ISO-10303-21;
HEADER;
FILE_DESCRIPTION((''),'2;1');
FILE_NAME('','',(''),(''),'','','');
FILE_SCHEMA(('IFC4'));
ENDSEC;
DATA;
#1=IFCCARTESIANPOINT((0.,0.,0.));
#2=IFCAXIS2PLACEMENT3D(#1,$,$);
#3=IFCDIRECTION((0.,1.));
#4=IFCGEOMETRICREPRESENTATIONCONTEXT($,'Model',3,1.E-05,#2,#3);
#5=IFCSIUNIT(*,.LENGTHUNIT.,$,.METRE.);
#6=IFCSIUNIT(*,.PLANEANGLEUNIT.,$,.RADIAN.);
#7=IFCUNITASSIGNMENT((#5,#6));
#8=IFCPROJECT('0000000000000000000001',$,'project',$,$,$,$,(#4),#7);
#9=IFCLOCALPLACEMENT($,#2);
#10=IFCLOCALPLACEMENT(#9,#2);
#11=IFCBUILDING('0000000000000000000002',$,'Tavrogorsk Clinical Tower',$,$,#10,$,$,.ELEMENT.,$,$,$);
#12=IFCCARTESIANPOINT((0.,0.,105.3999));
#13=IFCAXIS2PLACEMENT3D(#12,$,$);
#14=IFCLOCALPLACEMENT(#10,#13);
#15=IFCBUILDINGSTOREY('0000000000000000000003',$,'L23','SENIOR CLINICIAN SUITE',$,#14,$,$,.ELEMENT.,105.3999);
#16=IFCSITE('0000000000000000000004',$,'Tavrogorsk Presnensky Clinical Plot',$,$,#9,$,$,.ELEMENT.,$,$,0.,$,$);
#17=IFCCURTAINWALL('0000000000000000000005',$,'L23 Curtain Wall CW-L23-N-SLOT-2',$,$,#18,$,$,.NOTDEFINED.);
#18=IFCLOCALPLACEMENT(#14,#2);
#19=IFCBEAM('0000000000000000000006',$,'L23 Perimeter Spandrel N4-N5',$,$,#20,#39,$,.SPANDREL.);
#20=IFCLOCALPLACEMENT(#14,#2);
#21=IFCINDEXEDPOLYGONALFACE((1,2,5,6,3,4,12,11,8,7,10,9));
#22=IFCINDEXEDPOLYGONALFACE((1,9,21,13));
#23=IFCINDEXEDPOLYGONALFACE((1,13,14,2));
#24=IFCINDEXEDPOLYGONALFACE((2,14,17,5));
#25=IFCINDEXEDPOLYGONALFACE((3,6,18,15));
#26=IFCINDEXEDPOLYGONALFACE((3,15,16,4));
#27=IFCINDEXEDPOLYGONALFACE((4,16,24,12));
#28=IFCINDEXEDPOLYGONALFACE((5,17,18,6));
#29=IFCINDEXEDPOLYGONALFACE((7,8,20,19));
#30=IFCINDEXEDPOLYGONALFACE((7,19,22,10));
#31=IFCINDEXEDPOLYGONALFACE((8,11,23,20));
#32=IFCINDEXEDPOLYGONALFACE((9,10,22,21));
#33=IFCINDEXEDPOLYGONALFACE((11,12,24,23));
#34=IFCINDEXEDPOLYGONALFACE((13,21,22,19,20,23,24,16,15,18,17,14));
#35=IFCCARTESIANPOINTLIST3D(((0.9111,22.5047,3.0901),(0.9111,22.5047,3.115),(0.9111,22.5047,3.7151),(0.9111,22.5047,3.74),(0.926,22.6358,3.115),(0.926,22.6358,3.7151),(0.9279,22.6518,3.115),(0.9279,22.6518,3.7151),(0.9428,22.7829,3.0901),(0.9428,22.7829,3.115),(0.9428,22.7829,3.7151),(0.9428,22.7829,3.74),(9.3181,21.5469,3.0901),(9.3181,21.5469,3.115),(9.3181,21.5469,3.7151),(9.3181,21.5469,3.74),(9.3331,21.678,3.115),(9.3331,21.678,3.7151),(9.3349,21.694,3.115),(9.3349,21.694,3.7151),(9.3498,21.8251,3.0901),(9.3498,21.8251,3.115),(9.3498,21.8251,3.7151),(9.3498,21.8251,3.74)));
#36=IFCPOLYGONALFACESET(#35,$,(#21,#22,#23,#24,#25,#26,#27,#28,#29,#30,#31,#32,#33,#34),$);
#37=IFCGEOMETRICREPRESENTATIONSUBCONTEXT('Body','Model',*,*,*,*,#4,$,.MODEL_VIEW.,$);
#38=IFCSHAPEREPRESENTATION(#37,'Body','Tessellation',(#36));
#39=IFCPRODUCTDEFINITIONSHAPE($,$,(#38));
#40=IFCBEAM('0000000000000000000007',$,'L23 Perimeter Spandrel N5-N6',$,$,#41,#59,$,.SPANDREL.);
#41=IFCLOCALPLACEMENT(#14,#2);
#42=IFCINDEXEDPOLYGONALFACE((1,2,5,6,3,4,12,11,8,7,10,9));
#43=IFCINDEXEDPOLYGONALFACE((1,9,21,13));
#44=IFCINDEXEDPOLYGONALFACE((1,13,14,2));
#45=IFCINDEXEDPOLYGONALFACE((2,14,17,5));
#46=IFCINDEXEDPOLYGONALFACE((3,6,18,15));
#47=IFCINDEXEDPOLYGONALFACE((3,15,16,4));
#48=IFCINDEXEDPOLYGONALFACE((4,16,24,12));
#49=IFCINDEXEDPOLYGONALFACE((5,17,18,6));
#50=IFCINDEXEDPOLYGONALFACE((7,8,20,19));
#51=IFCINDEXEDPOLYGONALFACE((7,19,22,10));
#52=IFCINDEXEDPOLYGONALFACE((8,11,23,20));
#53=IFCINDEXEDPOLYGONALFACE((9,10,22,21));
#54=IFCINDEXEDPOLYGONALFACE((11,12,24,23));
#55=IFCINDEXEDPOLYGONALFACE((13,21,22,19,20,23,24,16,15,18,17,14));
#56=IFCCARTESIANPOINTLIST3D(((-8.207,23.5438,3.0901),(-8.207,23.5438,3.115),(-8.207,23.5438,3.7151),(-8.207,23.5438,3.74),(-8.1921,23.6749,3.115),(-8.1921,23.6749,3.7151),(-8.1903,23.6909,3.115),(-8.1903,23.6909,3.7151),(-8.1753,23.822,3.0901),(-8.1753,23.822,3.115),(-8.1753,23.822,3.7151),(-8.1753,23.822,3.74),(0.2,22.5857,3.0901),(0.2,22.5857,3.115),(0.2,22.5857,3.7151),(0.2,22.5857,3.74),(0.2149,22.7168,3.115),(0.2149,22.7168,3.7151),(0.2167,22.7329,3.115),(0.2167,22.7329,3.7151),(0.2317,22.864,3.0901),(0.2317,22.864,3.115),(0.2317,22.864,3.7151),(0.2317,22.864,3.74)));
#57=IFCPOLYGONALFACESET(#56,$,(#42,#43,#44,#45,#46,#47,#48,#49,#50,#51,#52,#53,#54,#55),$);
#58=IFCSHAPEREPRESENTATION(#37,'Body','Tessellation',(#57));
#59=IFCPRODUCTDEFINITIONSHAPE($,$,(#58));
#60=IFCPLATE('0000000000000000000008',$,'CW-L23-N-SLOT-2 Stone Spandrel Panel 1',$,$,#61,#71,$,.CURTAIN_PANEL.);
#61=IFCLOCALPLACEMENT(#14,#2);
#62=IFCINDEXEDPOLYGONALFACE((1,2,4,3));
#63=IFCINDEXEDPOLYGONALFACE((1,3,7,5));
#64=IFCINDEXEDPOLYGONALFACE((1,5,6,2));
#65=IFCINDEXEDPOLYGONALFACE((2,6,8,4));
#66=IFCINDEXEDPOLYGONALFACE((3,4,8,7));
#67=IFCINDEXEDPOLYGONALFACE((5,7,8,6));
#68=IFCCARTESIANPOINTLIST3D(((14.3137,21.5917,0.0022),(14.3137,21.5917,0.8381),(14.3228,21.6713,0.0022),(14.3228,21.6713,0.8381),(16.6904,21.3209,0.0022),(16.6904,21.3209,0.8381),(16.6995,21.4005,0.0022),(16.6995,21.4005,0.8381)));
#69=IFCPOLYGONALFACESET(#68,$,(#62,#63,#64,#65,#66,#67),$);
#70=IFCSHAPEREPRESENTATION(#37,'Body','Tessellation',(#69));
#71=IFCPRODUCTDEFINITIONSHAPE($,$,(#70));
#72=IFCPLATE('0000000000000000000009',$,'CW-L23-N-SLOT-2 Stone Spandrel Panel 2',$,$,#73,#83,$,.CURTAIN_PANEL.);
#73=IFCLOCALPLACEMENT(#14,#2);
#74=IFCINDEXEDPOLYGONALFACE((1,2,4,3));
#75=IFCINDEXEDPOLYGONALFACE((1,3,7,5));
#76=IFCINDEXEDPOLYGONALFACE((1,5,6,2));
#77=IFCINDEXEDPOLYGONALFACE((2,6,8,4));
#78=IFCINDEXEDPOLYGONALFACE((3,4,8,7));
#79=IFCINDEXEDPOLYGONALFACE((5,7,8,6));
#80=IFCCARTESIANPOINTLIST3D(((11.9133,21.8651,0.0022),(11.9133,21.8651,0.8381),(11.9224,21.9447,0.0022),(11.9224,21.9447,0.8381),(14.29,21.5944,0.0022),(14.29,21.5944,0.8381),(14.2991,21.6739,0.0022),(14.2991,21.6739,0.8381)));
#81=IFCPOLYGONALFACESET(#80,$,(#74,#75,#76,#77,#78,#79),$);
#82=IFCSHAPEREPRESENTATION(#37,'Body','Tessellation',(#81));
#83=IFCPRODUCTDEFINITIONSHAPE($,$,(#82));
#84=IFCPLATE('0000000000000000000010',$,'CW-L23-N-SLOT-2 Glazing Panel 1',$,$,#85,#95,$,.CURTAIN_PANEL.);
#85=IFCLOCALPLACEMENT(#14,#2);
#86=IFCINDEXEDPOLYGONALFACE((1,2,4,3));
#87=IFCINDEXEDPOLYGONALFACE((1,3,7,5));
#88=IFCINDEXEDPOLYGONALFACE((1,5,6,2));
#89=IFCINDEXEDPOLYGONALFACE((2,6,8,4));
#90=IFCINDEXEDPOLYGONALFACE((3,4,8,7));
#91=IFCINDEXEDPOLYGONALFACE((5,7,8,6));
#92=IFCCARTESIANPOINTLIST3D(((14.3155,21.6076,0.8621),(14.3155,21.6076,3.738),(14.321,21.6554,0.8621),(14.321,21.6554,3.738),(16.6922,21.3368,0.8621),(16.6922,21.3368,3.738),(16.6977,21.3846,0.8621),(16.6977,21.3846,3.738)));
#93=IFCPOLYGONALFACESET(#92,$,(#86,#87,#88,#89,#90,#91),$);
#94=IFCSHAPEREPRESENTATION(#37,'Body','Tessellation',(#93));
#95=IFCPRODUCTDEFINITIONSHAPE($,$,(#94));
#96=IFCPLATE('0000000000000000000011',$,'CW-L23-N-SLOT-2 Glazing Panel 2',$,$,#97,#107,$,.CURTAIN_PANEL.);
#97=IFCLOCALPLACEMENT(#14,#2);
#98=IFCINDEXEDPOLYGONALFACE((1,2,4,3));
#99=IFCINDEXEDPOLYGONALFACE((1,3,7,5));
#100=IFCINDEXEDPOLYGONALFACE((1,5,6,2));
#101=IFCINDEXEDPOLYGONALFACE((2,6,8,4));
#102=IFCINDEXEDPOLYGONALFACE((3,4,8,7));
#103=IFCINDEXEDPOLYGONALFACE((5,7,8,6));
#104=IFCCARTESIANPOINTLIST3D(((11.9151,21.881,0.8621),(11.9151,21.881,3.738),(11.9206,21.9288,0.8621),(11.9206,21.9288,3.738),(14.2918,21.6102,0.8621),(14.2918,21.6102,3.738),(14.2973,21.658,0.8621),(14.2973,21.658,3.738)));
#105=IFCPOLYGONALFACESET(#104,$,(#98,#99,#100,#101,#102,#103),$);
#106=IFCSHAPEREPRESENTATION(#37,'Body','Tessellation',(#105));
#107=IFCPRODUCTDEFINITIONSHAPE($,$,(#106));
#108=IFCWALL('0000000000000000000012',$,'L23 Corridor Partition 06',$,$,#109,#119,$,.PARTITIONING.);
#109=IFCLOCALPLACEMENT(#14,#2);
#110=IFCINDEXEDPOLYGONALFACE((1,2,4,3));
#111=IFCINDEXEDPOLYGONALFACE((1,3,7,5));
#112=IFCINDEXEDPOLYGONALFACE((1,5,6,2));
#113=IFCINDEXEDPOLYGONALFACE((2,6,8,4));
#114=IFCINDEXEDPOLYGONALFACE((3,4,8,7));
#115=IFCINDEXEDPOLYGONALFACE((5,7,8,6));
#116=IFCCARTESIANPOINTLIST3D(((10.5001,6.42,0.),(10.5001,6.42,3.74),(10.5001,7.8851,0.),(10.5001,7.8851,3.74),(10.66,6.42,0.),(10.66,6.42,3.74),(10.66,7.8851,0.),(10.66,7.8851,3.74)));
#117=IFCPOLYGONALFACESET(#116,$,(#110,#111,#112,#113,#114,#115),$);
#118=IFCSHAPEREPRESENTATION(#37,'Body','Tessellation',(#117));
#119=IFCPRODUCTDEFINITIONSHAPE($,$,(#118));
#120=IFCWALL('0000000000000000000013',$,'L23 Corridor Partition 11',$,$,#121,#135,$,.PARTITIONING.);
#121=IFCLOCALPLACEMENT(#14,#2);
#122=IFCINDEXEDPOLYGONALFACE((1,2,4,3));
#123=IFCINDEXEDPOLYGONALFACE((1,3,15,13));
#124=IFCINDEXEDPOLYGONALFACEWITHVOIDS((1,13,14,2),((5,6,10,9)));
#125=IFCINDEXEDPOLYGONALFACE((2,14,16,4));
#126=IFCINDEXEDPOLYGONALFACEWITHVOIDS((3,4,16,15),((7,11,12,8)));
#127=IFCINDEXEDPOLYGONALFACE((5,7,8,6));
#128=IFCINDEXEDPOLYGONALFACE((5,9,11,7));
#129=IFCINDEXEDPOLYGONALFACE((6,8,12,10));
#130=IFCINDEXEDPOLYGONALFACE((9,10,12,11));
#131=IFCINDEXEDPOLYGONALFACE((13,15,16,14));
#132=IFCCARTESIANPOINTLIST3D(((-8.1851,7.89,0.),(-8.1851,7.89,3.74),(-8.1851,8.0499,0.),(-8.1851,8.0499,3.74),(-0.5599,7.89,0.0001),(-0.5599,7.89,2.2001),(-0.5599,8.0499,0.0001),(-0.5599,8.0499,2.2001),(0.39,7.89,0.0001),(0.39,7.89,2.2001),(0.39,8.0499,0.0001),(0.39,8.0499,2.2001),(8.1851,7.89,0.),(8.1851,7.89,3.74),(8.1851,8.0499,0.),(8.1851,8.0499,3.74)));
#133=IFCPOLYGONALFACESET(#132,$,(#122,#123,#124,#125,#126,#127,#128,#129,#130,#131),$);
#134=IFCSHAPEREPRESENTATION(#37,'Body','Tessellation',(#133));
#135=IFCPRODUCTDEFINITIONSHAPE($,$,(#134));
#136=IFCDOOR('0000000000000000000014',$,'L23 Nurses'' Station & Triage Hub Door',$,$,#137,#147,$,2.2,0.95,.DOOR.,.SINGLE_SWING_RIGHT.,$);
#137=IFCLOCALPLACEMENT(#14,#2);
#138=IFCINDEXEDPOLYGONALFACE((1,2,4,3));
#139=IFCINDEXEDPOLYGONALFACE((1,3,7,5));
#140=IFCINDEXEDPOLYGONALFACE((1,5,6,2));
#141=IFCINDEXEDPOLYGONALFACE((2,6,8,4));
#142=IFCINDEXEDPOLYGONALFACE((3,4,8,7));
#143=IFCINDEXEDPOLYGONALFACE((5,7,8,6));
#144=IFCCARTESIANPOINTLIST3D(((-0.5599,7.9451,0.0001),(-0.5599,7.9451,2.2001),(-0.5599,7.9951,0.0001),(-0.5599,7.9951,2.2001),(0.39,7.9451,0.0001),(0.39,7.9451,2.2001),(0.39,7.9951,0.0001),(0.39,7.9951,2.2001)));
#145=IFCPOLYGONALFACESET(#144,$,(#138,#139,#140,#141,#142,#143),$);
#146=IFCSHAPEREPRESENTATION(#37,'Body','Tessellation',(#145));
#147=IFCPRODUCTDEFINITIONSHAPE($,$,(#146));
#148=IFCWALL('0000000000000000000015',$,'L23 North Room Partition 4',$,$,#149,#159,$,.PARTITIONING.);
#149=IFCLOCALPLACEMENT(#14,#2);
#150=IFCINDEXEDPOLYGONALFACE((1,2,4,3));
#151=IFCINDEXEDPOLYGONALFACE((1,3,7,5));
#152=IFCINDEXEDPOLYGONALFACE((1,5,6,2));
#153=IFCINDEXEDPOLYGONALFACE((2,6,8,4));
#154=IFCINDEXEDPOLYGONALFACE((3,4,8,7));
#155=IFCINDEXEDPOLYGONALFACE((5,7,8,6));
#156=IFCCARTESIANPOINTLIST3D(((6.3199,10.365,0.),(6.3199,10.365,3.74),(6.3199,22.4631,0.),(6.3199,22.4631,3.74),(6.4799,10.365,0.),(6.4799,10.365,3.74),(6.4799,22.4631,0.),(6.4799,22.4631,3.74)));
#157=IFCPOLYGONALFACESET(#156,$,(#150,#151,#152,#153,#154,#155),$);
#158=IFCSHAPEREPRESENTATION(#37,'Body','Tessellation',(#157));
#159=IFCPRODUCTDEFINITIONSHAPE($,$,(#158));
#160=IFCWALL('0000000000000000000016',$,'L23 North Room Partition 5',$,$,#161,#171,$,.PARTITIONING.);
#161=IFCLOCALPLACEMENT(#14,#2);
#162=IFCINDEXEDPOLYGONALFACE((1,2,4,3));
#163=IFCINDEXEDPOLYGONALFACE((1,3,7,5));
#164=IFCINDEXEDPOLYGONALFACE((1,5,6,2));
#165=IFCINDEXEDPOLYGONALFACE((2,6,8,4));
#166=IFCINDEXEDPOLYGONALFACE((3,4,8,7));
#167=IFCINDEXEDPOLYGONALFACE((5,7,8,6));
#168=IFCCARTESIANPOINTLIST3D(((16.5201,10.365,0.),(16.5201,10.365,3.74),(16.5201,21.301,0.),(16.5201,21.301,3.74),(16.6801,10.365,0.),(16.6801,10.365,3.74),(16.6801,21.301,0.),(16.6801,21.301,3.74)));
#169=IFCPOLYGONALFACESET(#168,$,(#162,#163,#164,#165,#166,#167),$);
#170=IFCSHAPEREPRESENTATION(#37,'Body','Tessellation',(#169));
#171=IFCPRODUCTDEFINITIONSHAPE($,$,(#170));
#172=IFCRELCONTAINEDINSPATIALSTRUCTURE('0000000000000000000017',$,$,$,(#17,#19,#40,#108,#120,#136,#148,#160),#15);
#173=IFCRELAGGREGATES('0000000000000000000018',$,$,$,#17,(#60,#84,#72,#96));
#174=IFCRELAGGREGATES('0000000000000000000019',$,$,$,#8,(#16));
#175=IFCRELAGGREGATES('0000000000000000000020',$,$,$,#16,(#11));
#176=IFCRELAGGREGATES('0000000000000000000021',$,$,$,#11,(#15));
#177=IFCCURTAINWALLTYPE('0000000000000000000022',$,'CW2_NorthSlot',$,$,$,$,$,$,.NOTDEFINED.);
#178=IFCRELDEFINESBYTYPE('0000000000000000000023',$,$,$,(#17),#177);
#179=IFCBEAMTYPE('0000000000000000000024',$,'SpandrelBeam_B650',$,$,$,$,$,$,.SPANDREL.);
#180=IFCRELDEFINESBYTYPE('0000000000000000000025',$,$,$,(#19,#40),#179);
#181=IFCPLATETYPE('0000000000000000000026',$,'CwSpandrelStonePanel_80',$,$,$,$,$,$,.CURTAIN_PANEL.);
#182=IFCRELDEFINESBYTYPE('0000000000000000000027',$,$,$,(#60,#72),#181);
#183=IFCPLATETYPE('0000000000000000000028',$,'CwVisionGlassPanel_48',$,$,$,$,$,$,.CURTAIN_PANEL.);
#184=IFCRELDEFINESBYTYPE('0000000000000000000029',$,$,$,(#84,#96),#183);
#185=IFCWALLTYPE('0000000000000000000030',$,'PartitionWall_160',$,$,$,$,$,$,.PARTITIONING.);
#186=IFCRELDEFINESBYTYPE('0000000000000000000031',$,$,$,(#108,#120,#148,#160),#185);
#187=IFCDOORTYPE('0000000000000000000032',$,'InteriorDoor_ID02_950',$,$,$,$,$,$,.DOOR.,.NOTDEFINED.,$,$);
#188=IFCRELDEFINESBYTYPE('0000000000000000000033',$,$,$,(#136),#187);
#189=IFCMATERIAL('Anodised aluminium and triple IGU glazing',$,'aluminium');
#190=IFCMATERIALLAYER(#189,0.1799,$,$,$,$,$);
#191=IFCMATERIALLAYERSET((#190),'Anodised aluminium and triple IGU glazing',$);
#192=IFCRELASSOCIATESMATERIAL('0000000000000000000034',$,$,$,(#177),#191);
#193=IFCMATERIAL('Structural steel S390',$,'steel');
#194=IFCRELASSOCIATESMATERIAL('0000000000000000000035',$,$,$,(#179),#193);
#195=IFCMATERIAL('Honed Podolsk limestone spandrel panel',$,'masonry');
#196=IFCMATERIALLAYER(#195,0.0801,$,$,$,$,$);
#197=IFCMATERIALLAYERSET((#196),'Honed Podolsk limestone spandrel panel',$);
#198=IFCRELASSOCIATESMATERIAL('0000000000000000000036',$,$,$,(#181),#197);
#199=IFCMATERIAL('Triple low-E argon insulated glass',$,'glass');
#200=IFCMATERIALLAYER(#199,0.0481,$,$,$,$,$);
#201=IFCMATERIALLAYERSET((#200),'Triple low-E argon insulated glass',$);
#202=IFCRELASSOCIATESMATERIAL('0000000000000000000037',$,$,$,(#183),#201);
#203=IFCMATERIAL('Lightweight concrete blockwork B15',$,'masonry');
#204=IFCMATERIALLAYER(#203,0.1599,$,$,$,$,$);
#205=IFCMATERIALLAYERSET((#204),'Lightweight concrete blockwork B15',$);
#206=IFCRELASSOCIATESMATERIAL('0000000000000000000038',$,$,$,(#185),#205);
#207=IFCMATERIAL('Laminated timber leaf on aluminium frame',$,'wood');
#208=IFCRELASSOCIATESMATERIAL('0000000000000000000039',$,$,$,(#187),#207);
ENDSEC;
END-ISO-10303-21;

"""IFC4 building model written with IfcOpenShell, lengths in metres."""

from ifc_helpers import new_model, si_unit, direction, frame, frame_2d, origin, origin_2d, place, context, subcontext, project, spatial, rectangle, i_section, extrude, material, layer, layer_set, material_profile, profile_set, type_object, element, fill, aggregate, save


model = new_model("IFC4")

# Units and contexts
model_context = context("Model", 3, precision=1e-05, world=origin(), true_north=direction((0.0, 1.0)))
body_context = subcontext(model_context, "Body", "Model", "MODEL_VIEW")
ifc_project = project(units=[si_unit("LENGTHUNIT", "METRE"), si_unit("PLANEANGLEUNIT", "RADIAN")], contexts=[model_context])

# Site, building, storey
site_placement = place(None, origin())
site = spatial("IfcSite", under=ifc_project, at=site_placement, Name="Tavrogorsk Presnensky Clinical Plot", CompositionType="ELEMENT", RefElevation=0.0)
building_placement = place(site_placement, origin())
building = spatial("IfcBuilding", under=site, at=building_placement, Name="Tavrogorsk Clinical Tower", CompositionType="ELEMENT")
storey_placement = place(building_placement, frame((0.0, 0.0, 105.3999)))
storey = spatial("IfcBuildingStorey", under=building, at=storey_placement, Name="L23", Description="SENIOR CLINICIAN SUITE", CompositionType="ELEMENT", Elevation=105.3999)

# Curtain wall
ifc_material_1 = material(Name="Anodised aluminium and triple IGU glazing", Category="aluminium")
ifc_layer_1 = layer(ifc_material_1, 0.1799)
ifc_layer_set_1 = layer_set([ifc_layer_1], Name="Anodised aluminium and triple IGU glazing")
curtain_wall_type = type_object("IfcCurtainWallType", Name="CW2_NorthSlot", PredefinedType="NOTDEFINED", material=ifc_layer_set_1)
curtain_wall_placement = place(storey_placement, origin())
curtain_wall = element("IfcCurtainWall", 1, at=curtain_wall_placement, inside=storey, type_object=curtain_wall_type, Name="L23 Curtain Wall CW-L23-N-SLOT-2", PredefinedType="NOTDEFINED")

# Beams
ifc_material_2 = material(Name="Structural steel S390", Category="steel")
ifc_material_profile_1 = material_profile(ifc_material_2, i_section(OverallWidth=0.28, OverallDepth=0.6499, WebThickness=0.0161, FlangeThickness=0.0249, at=origin_2d()), Name="B-650x280x16x25")
ifc_profile_set_1 = profile_set([ifc_material_profile_1], Name="Structural steel S390")
beam_type_1 = type_object("IfcBeamType", Name="SpandrelBeam_B650", PredefinedType="SPANDREL", material=ifc_profile_set_1)
for number, where, z_axis, x_axis, name in (
    (2, (9.334, 21.686, 3.415), (-0.993573, 0.113193, 0.0), (-0.113193, -0.993573, 0.0), "L23 Perimeter Spandrel N4-N5"),
    (3, (0.2158, 22.7249, 3.415), (-0.99357, 0.113221, 0.0), (-0.113221, -0.99357, 0.0), "L23 Perimeter Spandrel N5-N6"),
):
    element("IfcBeam", number, at=place(storey_placement, frame(where, z_axis=z_axis, x_axis=x_axis)), inside=storey, type_object=beam_type_1, Name=name, PredefinedType="SPANDREL", context=body_context, shape_type="SweptSolid", body=[
        extrude(i_section(OverallWidth=0.28, OverallDepth=0.6499, WebThickness=0.0161, FlangeThickness=0.0249, at=origin_2d()), origin(), (0.0, 0.0, 1.0), 8.4614),
    ])

# Plates
ifc_material_3 = material(Name="Honed Podolsk limestone spandrel panel", Category="masonry")
ifc_layer_2 = layer(ifc_material_3, 0.0801)
ifc_layer_set_2 = layer_set([ifc_layer_2], Name="Honed Podolsk limestone spandrel panel")
plate_type_1 = type_object("IfcPlateType", Name="CwSpandrelStonePanel_80", PredefinedType="CURTAIN_PANEL", material=ifc_layer_set_2)
plate_1_placement = place(storey_placement, frame((15.5066, 21.4961, 0.0022), z_axis=(0.0, 0.0, 1.0), x_axis=(-0.993572, 0.113203, 0.0)))
plate_1 = element("IfcPlate", 4, at=plate_1_placement, type_object=plate_type_1, Name="CW-L23-N-SLOT-2 Stone Spandrel Panel 1", PredefinedType="CURTAIN_PANEL", context=body_context, shape_type="SweptSolid", body=[
    extrude(rectangle(XDim=2.3921, YDim=0.0801, at=origin_2d()), origin(), (0.0, 0.0, 1.0), 0.8359),
])
plate_2_placement = place(storey_placement, frame((13.1062, 21.7695, 0.0022), z_axis=(0.0, 0.0, 1.0), x_axis=(-0.993572, 0.113203, 0.0)))
plate_2 = element("IfcPlate", 5, at=plate_2_placement, type_object=plate_type_1, Name="CW-L23-N-SLOT-2 Stone Spandrel Panel 2", PredefinedType="CURTAIN_PANEL", context=body_context, shape_type="SweptSolid", body=[
    extrude(rectangle(XDim=2.3921, YDim=0.0801, at=origin_2d()), origin(), (0.0, 0.0, 1.0), 0.8359),
])
ifc_material_4 = material(Name="Triple low-E argon insulated glass", Category="glass")
ifc_layer_3 = layer(ifc_material_4, 0.0481)
ifc_layer_set_3 = layer_set([ifc_layer_3], Name="Triple low-E argon insulated glass")
plate_type_2 = type_object("IfcPlateType", Name="CwVisionGlassPanel_48", PredefinedType="CURTAIN_PANEL", material=ifc_layer_set_3)
plate_3_placement = place(storey_placement, frame((15.5066, 21.4961, 0.8621), z_axis=(0.0, 0.0, 1.0), x_axis=(-0.993572, 0.113203, 0.0)))
plate_3 = element("IfcPlate", 6, at=plate_3_placement, type_object=plate_type_2, Name="CW-L23-N-SLOT-2 Glazing Panel 1", PredefinedType="CURTAIN_PANEL", context=body_context, shape_type="SweptSolid", body=[
    extrude(rectangle(XDim=2.3921, YDim=0.0481, at=origin_2d()), origin(), (0.0, 0.0, 1.0), 2.876),
])
plate_4_placement = place(storey_placement, frame((13.1062, 21.7695, 0.8621), z_axis=(0.0, 0.0, 1.0), x_axis=(-0.993572, 0.113203, 0.0)))
plate_4 = element("IfcPlate", 7, at=plate_4_placement, type_object=plate_type_2, Name="CW-L23-N-SLOT-2 Glazing Panel 2", PredefinedType="CURTAIN_PANEL", context=body_context, shape_type="SweptSolid", body=[
    extrude(rectangle(XDim=2.3921, YDim=0.0481, at=origin_2d()), origin(), (0.0, 0.0, 1.0), 2.876),
])
aggregate(curtain_wall, [plate_1, plate_3, plate_2, plate_4])

# Wall
ifc_material_5 = material(Name="Lightweight concrete blockwork B15", Category="masonry")
ifc_layer_4 = layer(ifc_material_5, 0.1599)
ifc_layer_set_4 = layer_set([ifc_layer_4], Name="Lightweight concrete blockwork B15")
wall_type_1 = type_object("IfcWallType", Name="PartitionWall_160", PredefinedType="PARTITIONING", material=ifc_layer_set_4)
wall_1_placement = place(storey_placement, frame((10.5801, 7.885, 0.0), z_axis=(0.0, 0.0, 1.0), x_axis=(0.0, -1.0, 0.0)))
element("IfcWall", 8, at=wall_1_placement, inside=storey, type_object=wall_type_1, Name="L23 Corridor Partition 06", PredefinedType="PARTITIONING", context=body_context, shape_type="SweptSolid", body=[
    extrude(rectangle(XDim=1.4651, YDim=0.1599, at=frame_2d((0.7324, 0.0))), origin(), (0.0, 0.0, 1.0), 3.74),
])

# Wall, opening, door
wall_2_placement = place(storey_placement, frame((8.1851, 7.97, 0.0), z_axis=(0.0, 0.0, 1.0), x_axis=(-1.0, 0.0, 0.0)))
wall_2 = element("IfcWall", 9, at=wall_2_placement, inside=storey, type_object=wall_type_1, Name="L23 Corridor Partition 11", PredefinedType="PARTITIONING", context=body_context, shape_type="SweptSolid", body=[
    extrude(rectangle(XDim=16.3701, YDim=0.1599, at=frame_2d((8.1851, 0.0))), origin(), (0.0, 0.0, 1.0), 3.74),
])
opening_1_placement = place(wall_2_placement, frame((7.7949, 0.0, 0.0)))
opening_1 = element("IfcOpeningElement", 10, at=opening_1_placement, cuts=wall_2, PredefinedType="OPENING", context=body_context, shape_type="SweptSolid", body=[
    extrude(rectangle(XDim=0.95, YDim=2.2, at=frame_2d((0.4751, 1.1001))), frame((0.0, 0.0898, 0.0), z_axis=(0.0, -1.0, 0.0), x_axis=(1.0, 0.0, 0.0)), (0.0, 0.0, 1.0), 0.1799),
])
ifc_material_6 = material(Name="Laminated timber leaf on aluminium frame", Category="wood")
door_type = type_object("IfcDoorType", Name="InteriorDoor_ID02_950", OperationType="NOTDEFINED", PredefinedType="DOOR", material=ifc_material_6)
door_placement = place(opening_1_placement, origin())
door = element("IfcDoor", 11, at=door_placement, inside=storey, type_object=door_type, Name="L23 Nurses' Station & Triage Hub Door", OperationType="SINGLE_SWING_RIGHT", OverallHeight=2.2, OverallWidth=0.95, PredefinedType="DOOR", context=body_context, shape_type="SweptSolid", body=[
    extrude(rectangle(XDim=0.95, YDim=2.2, at=frame_2d((0.4751, 1.1001))), frame((0.0, 0.0249, 0.0), z_axis=(0.0, -1.0, 0.0), x_axis=(1.0, 0.0, 0.0)), (0.0, 0.0, 1.0), 0.05),
])
fill(opening_1, door)

# Walls
wall_3_placement = place(storey_placement, frame((6.3999, 10.365, 0.0), z_axis=(0.0, 0.0, 1.0), x_axis=(0.0, 1.0, 0.0)))
element("IfcWall", 12, at=wall_3_placement, inside=storey, type_object=wall_type_1, Name="L23 North Room Partition 4", PredefinedType="PARTITIONING", context=body_context, shape_type="SweptSolid", body=[
    extrude(rectangle(XDim=12.0981, YDim=0.1599, at=frame_2d((6.0491, 0.0))), origin(), (0.0, 0.0, 1.0), 3.74),
])
wall_4_placement = place(storey_placement, frame((16.6001, 10.365, 0.0), z_axis=(0.0, 0.0, 1.0), x_axis=(0.0, 1.0, 0.0)))
element("IfcWall", 13, at=wall_4_placement, inside=storey, type_object=wall_type_1, Name="L23 North Room Partition 5", PredefinedType="PARTITIONING", context=body_context, shape_type="SweptSolid", body=[
    extrude(rectangle(XDim=10.936, YDim=0.1599, at=frame_2d((5.468, 0.0))), origin(), (0.0, 0.0, 1.0), 3.74),
])

save(model, "model.ifc")
